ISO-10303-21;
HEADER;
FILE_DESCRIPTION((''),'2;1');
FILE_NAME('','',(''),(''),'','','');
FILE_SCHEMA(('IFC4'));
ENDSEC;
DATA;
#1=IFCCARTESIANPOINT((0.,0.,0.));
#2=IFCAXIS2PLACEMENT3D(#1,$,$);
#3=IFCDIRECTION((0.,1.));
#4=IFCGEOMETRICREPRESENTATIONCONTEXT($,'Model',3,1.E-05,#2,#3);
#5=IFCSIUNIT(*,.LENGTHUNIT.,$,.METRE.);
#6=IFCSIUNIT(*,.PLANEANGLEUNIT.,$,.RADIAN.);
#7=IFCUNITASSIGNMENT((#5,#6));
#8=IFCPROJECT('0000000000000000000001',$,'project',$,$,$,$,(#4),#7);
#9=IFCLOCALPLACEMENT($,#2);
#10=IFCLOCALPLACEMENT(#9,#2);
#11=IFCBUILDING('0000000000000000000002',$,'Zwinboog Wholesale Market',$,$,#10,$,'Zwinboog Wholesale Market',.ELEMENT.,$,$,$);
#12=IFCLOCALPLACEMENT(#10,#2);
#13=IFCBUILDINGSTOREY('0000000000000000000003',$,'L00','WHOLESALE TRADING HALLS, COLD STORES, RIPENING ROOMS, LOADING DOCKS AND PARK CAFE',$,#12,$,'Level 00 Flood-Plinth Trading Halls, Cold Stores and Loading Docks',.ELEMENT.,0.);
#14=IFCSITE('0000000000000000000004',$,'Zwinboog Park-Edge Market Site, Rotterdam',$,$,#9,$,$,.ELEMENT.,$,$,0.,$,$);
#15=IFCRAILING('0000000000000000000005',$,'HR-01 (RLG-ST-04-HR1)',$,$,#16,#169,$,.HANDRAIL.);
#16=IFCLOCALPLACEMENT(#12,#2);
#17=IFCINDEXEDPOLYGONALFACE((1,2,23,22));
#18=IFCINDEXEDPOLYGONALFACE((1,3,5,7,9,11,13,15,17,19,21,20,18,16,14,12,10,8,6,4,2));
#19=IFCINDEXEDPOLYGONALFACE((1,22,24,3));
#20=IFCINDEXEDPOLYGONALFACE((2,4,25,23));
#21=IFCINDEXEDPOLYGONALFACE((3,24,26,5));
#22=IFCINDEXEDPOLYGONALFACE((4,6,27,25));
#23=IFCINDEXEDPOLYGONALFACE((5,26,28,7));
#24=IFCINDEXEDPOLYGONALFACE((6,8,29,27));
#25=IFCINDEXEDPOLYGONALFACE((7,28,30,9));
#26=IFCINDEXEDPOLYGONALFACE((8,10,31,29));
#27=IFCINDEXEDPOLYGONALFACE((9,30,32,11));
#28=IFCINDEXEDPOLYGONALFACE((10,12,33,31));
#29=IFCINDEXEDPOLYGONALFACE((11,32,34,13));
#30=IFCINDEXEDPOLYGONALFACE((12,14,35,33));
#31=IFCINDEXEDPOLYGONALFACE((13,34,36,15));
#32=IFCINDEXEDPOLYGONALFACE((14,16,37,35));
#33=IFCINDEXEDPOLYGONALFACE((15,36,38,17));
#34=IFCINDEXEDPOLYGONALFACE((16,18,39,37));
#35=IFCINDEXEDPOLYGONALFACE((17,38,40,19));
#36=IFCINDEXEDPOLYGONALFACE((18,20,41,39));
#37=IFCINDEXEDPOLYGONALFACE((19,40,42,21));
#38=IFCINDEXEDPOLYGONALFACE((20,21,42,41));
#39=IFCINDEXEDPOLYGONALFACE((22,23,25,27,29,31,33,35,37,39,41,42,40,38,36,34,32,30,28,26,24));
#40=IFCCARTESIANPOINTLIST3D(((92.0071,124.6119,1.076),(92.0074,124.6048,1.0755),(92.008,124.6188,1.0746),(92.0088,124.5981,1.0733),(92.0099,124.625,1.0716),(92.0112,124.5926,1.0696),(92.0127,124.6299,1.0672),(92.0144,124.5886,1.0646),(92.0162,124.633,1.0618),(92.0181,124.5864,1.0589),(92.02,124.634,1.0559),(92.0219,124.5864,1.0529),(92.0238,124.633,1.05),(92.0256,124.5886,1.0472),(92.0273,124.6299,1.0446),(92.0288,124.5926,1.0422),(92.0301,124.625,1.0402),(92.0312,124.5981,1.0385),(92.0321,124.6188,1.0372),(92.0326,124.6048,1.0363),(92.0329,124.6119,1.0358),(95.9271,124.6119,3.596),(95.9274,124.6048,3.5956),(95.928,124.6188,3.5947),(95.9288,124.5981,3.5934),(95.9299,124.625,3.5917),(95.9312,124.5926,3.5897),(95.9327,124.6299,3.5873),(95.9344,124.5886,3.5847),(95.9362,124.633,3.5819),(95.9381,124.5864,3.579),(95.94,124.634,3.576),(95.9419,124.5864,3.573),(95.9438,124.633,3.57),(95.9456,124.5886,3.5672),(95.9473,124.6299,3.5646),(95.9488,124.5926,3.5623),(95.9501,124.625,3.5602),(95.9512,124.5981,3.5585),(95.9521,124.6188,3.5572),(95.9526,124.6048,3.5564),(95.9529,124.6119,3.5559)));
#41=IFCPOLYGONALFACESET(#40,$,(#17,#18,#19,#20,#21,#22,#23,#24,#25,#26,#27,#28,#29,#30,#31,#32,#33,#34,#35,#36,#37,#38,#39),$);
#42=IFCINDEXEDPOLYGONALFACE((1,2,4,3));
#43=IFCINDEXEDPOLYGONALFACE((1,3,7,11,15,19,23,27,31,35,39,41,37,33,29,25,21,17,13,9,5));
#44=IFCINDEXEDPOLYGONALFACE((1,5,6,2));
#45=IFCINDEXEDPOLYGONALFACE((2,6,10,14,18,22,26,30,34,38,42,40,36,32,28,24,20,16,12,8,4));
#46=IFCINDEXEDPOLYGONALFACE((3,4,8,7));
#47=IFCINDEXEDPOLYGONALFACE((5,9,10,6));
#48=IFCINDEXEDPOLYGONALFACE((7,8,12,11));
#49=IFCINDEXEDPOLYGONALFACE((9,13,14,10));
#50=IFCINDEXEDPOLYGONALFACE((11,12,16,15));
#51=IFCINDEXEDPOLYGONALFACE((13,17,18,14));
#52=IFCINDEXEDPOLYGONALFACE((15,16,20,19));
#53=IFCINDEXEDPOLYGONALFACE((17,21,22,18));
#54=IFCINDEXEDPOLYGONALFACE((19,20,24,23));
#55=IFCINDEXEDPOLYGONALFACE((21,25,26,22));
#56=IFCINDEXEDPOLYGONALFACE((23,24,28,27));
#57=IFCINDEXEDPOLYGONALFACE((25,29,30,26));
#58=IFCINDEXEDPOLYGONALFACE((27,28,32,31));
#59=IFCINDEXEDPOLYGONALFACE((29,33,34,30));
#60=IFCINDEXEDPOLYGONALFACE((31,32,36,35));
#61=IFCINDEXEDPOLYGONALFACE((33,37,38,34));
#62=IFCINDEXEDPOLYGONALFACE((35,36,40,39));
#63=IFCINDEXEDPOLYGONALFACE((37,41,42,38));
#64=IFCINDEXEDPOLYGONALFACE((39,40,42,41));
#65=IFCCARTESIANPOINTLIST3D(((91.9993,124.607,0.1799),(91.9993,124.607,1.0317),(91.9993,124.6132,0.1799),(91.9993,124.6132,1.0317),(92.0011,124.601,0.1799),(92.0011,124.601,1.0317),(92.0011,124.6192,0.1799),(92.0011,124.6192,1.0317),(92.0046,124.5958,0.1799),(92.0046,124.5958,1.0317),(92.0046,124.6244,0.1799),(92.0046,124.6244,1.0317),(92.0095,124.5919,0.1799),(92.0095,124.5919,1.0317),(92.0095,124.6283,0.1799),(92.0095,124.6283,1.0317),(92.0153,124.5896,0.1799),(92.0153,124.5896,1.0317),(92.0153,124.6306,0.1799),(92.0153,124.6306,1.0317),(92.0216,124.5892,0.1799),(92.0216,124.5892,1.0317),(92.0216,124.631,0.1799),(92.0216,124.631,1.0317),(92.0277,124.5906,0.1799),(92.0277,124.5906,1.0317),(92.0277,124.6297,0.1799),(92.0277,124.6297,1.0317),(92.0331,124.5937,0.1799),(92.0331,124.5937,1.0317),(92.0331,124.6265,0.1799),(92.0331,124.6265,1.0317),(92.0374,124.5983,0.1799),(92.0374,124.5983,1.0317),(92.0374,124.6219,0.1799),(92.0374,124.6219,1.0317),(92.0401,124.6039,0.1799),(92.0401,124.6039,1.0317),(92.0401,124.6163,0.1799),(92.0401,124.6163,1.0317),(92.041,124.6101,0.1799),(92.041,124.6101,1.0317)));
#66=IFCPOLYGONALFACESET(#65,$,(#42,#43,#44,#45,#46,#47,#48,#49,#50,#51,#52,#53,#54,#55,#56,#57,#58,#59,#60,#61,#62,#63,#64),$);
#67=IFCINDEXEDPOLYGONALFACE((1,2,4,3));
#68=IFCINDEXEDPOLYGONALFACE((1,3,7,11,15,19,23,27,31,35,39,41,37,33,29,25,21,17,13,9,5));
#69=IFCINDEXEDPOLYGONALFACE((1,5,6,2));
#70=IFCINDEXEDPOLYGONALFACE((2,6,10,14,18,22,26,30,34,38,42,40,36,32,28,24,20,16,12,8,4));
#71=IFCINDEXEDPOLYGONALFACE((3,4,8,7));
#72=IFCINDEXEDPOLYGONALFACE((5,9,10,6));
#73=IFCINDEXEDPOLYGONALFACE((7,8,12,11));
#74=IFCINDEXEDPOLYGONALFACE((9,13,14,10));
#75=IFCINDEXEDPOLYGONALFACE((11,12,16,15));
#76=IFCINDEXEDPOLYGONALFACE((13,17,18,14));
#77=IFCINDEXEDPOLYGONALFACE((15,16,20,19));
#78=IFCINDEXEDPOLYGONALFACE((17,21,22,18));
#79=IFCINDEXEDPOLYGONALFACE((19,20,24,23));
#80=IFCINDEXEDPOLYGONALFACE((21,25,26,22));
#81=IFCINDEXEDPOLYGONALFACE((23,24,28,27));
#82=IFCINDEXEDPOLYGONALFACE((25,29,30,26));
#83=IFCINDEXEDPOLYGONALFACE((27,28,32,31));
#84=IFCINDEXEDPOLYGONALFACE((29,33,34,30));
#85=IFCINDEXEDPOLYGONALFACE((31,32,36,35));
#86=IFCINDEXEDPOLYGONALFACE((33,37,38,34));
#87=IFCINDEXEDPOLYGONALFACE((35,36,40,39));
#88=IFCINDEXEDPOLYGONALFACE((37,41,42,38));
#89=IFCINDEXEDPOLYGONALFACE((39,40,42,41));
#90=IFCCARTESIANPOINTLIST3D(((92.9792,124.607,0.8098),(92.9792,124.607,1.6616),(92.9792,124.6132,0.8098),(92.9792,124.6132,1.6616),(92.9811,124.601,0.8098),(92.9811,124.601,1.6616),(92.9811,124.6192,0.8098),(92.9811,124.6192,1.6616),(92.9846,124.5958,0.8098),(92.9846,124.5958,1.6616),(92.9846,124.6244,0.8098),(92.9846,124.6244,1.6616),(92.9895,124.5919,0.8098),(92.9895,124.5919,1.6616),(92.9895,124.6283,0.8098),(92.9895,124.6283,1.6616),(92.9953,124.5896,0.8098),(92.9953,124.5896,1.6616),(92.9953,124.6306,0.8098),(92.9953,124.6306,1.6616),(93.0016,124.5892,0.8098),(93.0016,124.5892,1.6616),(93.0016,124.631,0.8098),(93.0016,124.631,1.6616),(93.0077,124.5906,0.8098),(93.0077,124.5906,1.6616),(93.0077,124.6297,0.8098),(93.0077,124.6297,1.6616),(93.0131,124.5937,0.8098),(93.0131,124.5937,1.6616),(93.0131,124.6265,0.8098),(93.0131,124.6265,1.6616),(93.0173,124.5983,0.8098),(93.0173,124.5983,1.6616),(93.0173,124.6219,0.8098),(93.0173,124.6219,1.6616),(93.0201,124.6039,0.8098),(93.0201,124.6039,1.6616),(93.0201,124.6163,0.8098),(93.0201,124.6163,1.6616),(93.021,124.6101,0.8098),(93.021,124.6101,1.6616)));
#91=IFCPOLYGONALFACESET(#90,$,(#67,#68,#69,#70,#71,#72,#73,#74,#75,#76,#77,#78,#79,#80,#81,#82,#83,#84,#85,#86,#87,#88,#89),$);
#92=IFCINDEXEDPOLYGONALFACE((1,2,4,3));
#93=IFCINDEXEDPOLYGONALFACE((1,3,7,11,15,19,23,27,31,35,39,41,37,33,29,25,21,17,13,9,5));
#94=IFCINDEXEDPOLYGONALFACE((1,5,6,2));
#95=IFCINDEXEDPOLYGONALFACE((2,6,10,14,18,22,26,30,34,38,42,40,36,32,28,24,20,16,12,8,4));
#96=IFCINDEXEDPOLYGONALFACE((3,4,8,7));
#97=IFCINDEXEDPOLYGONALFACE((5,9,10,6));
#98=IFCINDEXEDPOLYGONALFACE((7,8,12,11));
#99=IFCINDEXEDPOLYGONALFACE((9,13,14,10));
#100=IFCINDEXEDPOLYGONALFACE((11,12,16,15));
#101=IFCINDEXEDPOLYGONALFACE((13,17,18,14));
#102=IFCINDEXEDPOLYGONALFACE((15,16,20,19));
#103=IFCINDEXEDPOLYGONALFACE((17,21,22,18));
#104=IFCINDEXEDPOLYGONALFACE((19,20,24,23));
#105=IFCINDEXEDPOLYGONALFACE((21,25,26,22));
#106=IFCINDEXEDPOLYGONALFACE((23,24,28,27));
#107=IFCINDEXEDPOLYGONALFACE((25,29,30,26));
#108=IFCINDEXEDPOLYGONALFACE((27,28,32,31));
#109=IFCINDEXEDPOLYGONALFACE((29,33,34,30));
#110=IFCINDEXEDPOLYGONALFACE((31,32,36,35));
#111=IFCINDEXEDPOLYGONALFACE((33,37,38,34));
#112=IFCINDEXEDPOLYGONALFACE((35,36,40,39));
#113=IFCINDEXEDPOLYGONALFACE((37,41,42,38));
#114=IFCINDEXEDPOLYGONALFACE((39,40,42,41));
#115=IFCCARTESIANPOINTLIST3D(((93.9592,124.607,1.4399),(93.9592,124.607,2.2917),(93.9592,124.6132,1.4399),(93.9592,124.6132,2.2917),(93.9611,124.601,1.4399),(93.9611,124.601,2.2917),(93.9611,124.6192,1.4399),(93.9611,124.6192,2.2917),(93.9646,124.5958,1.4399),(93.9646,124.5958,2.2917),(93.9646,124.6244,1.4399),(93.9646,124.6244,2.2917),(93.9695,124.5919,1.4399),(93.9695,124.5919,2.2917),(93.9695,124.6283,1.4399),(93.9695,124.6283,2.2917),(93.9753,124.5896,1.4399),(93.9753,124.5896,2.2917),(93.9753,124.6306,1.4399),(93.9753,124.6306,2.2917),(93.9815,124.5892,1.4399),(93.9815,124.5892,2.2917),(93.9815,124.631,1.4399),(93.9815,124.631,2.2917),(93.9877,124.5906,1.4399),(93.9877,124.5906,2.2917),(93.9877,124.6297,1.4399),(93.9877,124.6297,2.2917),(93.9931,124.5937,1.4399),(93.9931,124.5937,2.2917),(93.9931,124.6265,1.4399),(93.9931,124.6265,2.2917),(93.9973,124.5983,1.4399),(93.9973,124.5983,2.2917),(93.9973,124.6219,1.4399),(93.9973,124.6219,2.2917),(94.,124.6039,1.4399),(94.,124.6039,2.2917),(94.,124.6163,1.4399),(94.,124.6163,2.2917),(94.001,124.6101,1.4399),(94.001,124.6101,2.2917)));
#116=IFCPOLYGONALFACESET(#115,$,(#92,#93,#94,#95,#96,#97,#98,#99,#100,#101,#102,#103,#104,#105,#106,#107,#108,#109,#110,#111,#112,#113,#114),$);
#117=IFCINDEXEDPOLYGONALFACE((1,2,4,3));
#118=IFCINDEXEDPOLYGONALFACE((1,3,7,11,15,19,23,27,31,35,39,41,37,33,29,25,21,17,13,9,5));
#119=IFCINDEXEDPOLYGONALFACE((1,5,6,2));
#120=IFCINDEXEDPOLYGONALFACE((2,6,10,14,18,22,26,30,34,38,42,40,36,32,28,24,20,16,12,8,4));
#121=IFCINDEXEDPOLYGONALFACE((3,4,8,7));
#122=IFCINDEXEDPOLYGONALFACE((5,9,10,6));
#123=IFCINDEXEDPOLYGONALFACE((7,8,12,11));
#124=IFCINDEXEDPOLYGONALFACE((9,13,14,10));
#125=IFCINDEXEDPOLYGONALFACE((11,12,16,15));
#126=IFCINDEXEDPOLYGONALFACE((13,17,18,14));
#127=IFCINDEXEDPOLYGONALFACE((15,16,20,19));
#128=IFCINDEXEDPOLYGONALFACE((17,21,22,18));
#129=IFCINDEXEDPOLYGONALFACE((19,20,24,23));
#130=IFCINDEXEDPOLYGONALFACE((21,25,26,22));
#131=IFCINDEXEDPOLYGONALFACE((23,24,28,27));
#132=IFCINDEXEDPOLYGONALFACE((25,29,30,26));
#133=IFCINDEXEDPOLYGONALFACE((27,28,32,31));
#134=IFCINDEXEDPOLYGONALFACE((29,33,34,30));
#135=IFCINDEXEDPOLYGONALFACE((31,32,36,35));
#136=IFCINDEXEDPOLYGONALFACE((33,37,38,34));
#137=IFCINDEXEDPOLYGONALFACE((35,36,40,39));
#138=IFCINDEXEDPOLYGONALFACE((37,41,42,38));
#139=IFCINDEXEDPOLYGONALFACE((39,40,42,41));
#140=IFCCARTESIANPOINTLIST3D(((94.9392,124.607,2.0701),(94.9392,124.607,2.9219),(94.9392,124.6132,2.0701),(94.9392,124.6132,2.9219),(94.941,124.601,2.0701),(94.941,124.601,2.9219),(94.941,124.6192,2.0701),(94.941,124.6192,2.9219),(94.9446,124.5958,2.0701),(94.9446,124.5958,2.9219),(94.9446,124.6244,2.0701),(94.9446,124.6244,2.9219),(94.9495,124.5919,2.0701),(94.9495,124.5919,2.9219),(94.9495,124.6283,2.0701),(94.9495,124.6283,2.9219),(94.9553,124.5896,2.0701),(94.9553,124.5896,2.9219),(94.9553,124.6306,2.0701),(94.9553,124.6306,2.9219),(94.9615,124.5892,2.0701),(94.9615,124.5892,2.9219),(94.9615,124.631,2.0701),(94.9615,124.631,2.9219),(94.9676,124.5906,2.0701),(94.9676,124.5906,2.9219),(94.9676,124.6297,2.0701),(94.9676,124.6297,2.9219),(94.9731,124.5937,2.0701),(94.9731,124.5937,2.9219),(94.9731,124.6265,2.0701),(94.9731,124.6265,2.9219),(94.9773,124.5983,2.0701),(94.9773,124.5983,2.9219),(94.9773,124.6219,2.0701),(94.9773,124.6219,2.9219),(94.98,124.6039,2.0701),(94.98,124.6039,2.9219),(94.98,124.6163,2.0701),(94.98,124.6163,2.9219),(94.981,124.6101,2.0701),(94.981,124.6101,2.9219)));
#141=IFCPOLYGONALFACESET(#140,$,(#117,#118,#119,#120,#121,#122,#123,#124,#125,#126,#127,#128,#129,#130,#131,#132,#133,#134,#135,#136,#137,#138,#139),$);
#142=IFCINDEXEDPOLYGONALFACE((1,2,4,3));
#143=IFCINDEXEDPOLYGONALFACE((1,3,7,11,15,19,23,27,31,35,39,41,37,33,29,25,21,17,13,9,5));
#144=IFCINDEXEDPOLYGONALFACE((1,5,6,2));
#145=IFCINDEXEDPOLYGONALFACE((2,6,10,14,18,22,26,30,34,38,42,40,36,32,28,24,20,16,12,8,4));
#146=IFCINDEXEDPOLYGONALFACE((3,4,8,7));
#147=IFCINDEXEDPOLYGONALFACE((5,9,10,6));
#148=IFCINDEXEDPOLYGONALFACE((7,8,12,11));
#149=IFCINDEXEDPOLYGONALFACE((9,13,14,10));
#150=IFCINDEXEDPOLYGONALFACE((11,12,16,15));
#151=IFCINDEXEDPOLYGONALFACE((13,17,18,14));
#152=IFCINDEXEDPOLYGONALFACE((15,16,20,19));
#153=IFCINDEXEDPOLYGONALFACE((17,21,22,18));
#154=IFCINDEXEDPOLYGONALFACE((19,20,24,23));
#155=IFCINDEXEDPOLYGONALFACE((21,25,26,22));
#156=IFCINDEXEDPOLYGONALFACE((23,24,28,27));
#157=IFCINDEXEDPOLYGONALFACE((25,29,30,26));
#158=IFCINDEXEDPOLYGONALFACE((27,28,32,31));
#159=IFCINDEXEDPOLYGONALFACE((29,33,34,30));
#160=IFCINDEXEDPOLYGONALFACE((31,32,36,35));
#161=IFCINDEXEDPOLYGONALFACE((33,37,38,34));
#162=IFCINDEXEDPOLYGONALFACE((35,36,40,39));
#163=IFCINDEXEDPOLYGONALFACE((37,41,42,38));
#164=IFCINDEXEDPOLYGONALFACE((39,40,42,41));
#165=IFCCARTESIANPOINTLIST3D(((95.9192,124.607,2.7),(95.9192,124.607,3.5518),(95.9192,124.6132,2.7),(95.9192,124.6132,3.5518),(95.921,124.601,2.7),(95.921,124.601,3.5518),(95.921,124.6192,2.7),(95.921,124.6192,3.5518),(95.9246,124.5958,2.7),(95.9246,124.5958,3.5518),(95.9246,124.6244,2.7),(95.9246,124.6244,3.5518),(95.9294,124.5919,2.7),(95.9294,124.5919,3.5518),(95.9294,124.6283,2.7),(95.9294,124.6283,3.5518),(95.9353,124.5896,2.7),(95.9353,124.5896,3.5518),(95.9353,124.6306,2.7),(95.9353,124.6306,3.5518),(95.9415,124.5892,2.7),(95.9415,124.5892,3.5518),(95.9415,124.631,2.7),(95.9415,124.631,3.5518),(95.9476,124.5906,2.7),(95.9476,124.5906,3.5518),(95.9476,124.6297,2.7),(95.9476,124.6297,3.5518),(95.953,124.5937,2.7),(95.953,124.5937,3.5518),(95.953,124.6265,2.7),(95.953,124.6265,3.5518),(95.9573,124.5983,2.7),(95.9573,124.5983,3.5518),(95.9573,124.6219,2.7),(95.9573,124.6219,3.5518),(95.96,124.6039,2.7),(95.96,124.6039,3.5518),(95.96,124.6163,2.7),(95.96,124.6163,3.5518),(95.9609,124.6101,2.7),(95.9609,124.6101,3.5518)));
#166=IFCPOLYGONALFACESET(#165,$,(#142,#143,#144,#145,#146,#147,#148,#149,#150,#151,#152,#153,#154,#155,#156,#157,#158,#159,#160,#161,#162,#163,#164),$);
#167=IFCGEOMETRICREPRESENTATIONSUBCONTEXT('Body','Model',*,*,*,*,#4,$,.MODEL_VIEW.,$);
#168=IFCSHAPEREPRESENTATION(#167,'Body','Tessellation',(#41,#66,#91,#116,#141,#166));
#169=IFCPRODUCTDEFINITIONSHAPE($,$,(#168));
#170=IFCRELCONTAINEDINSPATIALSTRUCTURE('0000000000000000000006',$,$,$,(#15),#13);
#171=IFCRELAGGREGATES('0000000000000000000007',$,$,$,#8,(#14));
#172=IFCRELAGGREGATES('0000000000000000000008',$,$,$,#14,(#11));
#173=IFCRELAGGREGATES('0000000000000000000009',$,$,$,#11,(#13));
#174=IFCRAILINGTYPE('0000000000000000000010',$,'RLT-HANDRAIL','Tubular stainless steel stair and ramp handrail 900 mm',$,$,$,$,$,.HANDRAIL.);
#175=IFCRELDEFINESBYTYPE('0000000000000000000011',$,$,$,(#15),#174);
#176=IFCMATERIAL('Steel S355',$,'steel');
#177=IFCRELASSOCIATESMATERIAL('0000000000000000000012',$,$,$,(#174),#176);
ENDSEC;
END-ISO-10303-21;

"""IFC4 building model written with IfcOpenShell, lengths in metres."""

from ifc_helpers import new_model, si_unit, direction, frame, origin, origin_2d, place, context, subcontext, project, spatial, circle, extrude, material, type_object, element, save


model = new_model("IFC4")

# Units and contexts
model_context = context("Model", 3, precision=1e-05, world=origin(), true_north=direction((0.0, 1.0)))
body_context = subcontext(model_context, "Body", "Model", "MODEL_VIEW")
ifc_project = project(units=[si_unit("LENGTHUNIT", "METRE"), si_unit("PLANEANGLEUNIT", "RADIAN")], contexts=[model_context])

# Site, building, storey
site_placement = place(None, origin())
site = spatial("IfcSite", under=ifc_project, at=site_placement, Name="Zwinboog Park-Edge Market Site, Rotterdam", CompositionType="ELEMENT", RefElevation=0.0)
building_placement = place(site_placement, origin())
building = spatial("IfcBuilding", under=site, at=building_placement, Name="Zwinboog Wholesale Market", LongName="Zwinboog Wholesale Market", CompositionType="ELEMENT")
storey_placement = place(building_placement, origin())
storey = spatial("IfcBuildingStorey", under=building, at=storey_placement, Name="L00", Description="WHOLESALE TRADING HALLS, COLD STORES, RIPENING ROOMS, LOADING DOCKS AND PARK CAFE", LongName="Level 00 Flood-Plinth Trading Halls, Cold Stores and Loading Docks", CompositionType="ELEMENT", Elevation=0.0)

# Railing
ifc_material_1 = material(Name="Steel S355", Category="steel")
railing_type_1 = type_object("IfcRailingType", Name="RLT-HANDRAIL", Description="Tubular stainless steel stair and ramp handrail 900 mm", PredefinedType="HANDRAIL", material=ifc_material_1)
railing_1_placement = place(storey_placement, frame((92.02, 124.6101, 0.1799)))
element("IfcRailing", 1, at=railing_1_placement, inside=storey, type_object=railing_type_1, Name="HR-01 (RLG-ST-04-HR1)", PredefinedType="HANDRAIL", context=body_context, shape_type="SweptSolid", body=[
    extrude(circle(Radius=0.0239, at=origin_2d()), frame((0.0, 0.0, 0.876), z_axis=(0.841172, 0.0, 0.540768), x_axis=(0.0, 1.0, 0.0)), (0.0, 0.0, 1.0), 4.6602),
    extrude(circle(Radius=0.021, at=origin_2d()), origin(), (0.0, 0.0, 1.0), 0.8518),
    extrude(circle(Radius=0.021, at=origin_2d()), frame((0.98, 0.0, 0.6299)), (0.0, 0.0, 1.0), 0.8518),
    extrude(circle(Radius=0.021, at=origin_2d()), frame((1.96, 0.0, 1.26)), (0.0, 0.0, 1.0), 0.8518),
    extrude(circle(Radius=0.021, at=origin_2d()), frame((2.9399, 0.0, 1.8901)), (0.0, 0.0, 1.0), 0.8518),
    extrude(circle(Radius=0.021, at=origin_2d()), frame((3.9199, 0.0, 2.52)), (0.0, 0.0, 1.0), 0.8518),
])

save(model, "model.ifc")
